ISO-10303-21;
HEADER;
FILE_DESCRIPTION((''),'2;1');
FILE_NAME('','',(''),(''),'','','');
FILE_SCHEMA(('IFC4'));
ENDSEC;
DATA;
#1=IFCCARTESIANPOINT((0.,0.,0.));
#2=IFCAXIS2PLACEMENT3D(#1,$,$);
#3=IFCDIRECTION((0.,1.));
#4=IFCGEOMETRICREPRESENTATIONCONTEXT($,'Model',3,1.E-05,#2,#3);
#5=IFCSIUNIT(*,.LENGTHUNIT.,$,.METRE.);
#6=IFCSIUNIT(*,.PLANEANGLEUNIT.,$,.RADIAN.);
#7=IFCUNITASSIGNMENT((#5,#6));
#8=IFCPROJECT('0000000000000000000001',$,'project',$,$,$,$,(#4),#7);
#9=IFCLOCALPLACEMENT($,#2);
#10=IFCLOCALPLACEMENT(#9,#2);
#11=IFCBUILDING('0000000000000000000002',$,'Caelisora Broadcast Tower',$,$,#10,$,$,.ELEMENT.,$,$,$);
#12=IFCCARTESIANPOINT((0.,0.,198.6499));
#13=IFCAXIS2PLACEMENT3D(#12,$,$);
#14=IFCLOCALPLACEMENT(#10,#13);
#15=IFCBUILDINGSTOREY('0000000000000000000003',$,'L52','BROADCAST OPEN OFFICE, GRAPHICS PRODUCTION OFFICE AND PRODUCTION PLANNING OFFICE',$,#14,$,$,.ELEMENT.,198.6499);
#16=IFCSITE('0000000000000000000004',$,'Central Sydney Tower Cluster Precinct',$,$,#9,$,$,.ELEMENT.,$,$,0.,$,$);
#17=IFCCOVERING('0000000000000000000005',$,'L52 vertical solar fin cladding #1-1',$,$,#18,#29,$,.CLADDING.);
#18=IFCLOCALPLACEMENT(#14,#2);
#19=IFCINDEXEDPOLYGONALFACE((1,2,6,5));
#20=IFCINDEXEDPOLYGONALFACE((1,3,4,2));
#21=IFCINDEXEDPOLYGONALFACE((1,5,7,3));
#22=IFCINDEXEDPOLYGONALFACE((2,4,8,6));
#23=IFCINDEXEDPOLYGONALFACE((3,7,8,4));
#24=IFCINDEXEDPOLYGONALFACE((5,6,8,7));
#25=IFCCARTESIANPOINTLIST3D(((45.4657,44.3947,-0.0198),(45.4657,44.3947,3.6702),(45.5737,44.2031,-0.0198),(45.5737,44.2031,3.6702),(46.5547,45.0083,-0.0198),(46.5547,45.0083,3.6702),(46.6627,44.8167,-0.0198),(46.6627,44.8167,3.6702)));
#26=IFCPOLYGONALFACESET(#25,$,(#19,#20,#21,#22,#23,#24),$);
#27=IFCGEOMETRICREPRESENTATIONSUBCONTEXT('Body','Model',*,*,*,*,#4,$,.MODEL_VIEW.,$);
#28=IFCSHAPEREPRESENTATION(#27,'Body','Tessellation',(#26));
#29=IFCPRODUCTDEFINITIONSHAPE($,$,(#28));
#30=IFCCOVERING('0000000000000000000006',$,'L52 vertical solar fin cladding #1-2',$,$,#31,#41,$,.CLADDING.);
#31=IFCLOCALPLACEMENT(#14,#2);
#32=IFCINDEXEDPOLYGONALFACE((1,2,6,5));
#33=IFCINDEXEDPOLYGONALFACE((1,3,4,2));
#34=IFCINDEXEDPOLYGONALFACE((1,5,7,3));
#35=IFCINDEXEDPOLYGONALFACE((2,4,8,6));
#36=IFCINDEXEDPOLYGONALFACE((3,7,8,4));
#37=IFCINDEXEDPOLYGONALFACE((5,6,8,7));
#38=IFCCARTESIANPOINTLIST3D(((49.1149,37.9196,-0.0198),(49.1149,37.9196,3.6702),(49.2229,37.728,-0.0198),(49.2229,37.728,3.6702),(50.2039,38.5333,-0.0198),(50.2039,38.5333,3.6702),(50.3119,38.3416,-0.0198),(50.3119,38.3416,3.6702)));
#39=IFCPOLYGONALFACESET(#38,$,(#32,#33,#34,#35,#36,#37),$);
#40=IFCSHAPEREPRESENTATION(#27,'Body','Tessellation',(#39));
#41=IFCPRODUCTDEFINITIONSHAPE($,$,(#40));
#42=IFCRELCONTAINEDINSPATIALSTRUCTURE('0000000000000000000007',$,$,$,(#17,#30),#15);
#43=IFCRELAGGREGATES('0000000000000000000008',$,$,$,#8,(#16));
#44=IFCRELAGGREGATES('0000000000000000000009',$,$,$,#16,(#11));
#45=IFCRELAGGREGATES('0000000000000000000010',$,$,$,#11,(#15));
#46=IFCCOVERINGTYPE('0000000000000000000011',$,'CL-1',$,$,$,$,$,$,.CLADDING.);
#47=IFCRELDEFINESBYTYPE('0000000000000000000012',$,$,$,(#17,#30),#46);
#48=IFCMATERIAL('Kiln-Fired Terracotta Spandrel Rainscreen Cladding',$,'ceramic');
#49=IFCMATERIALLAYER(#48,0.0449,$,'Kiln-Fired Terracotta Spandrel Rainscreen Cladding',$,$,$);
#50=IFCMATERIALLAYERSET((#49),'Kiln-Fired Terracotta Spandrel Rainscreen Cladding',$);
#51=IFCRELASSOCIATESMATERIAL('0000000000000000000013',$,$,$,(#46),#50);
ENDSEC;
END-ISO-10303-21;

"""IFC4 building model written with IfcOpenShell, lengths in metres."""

from ifc_helpers import new_model, si_unit, direction, frame, origin, origin_2d, place, context, subcontext, project, spatial, rectangle, extrude, source, transform, mapped, material, layer, layer_set, type_object, type_shapes, element, save


model = new_model("IFC4")

# Units and contexts
model_context = context("Model", 3, precision=1e-05, world=origin(), true_north=direction((0.0, 1.0)))
body_context = subcontext(model_context, "Body", "Model", "MODEL_VIEW")
ifc_project = project(units=[si_unit("LENGTHUNIT", "METRE"), si_unit("PLANEANGLEUNIT", "RADIAN")], contexts=[model_context])

# Site, building, storey
site_placement = place(None, origin())
site = spatial("IfcSite", under=ifc_project, at=site_placement, Name="Central Sydney Tower Cluster Precinct", CompositionType="ELEMENT", RefElevation=0.0)
building_placement = place(site_placement, origin())
building = spatial("IfcBuilding", under=site, at=building_placement, Name="Caelisora Broadcast Tower", CompositionType="ELEMENT")
storey_placement = place(building_placement, frame((0.0, 0.0, 198.6499)))
storey = spatial("IfcBuildingStorey", under=building, at=storey_placement, Name="L52", Description="BROADCAST OPEN OFFICE, GRAPHICS PRODUCTION OFFICE AND PRODUCTION PLANNING OFFICE", CompositionType="ELEMENT", Elevation=198.6499)

# Coverings
ifc_material_1 = material(Name="Kiln-Fired Terracotta Spandrel Rainscreen Cladding", Category="ceramic")
ifc_layer_1 = layer(ifc_material_1, 0.0449, Name="Kiln-Fired Terracotta Spandrel Rainscreen Cladding")
ifc_layer_set_1 = layer_set([ifc_layer_1], Name="Kiln-Fired Terracotta Spandrel Rainscreen Cladding")
covering_type = type_object("IfcCoveringType", Name="CL-1", PredefinedType="CLADDING", material=ifc_layer_set_1)
shared_shape_1 = source(origin(), body_context, "Body", "SweptSolid", [
    extrude(rectangle(XDim=0.22, YDim=1.25, at=origin_2d()), origin(), (0.0, 0.0, 1.0), 3.6899),
])
type_shapes(covering_type, [shared_shape_1])
for number, where, z_axis, x_axis, name in (
    (1, (46.0642, 44.6057, -0.0198), (0.0, 0.0, 1.0), (0.490904, -0.871214, 0.0), "L52 vertical solar fin cladding #1-1"),
    (2, (49.7134, 38.1306, -0.0198), (0.0, 0.0, 1.0), (0.490904, -0.871214, 0.0), "L52 vertical solar fin cladding #1-2"),
):
    element("IfcCovering", number, at=place(storey_placement, frame(where, z_axis=z_axis, x_axis=x_axis)), inside=storey, type_object=covering_type, Name=name, PredefinedType="CLADDING", context=body_context, shape_type="MappedRepresentation", body=[
        mapped(shared_shape_1, transform((0.0, 0.0, 0.0), scale=1.0)),
    ])

save(model, "model.ifc")
